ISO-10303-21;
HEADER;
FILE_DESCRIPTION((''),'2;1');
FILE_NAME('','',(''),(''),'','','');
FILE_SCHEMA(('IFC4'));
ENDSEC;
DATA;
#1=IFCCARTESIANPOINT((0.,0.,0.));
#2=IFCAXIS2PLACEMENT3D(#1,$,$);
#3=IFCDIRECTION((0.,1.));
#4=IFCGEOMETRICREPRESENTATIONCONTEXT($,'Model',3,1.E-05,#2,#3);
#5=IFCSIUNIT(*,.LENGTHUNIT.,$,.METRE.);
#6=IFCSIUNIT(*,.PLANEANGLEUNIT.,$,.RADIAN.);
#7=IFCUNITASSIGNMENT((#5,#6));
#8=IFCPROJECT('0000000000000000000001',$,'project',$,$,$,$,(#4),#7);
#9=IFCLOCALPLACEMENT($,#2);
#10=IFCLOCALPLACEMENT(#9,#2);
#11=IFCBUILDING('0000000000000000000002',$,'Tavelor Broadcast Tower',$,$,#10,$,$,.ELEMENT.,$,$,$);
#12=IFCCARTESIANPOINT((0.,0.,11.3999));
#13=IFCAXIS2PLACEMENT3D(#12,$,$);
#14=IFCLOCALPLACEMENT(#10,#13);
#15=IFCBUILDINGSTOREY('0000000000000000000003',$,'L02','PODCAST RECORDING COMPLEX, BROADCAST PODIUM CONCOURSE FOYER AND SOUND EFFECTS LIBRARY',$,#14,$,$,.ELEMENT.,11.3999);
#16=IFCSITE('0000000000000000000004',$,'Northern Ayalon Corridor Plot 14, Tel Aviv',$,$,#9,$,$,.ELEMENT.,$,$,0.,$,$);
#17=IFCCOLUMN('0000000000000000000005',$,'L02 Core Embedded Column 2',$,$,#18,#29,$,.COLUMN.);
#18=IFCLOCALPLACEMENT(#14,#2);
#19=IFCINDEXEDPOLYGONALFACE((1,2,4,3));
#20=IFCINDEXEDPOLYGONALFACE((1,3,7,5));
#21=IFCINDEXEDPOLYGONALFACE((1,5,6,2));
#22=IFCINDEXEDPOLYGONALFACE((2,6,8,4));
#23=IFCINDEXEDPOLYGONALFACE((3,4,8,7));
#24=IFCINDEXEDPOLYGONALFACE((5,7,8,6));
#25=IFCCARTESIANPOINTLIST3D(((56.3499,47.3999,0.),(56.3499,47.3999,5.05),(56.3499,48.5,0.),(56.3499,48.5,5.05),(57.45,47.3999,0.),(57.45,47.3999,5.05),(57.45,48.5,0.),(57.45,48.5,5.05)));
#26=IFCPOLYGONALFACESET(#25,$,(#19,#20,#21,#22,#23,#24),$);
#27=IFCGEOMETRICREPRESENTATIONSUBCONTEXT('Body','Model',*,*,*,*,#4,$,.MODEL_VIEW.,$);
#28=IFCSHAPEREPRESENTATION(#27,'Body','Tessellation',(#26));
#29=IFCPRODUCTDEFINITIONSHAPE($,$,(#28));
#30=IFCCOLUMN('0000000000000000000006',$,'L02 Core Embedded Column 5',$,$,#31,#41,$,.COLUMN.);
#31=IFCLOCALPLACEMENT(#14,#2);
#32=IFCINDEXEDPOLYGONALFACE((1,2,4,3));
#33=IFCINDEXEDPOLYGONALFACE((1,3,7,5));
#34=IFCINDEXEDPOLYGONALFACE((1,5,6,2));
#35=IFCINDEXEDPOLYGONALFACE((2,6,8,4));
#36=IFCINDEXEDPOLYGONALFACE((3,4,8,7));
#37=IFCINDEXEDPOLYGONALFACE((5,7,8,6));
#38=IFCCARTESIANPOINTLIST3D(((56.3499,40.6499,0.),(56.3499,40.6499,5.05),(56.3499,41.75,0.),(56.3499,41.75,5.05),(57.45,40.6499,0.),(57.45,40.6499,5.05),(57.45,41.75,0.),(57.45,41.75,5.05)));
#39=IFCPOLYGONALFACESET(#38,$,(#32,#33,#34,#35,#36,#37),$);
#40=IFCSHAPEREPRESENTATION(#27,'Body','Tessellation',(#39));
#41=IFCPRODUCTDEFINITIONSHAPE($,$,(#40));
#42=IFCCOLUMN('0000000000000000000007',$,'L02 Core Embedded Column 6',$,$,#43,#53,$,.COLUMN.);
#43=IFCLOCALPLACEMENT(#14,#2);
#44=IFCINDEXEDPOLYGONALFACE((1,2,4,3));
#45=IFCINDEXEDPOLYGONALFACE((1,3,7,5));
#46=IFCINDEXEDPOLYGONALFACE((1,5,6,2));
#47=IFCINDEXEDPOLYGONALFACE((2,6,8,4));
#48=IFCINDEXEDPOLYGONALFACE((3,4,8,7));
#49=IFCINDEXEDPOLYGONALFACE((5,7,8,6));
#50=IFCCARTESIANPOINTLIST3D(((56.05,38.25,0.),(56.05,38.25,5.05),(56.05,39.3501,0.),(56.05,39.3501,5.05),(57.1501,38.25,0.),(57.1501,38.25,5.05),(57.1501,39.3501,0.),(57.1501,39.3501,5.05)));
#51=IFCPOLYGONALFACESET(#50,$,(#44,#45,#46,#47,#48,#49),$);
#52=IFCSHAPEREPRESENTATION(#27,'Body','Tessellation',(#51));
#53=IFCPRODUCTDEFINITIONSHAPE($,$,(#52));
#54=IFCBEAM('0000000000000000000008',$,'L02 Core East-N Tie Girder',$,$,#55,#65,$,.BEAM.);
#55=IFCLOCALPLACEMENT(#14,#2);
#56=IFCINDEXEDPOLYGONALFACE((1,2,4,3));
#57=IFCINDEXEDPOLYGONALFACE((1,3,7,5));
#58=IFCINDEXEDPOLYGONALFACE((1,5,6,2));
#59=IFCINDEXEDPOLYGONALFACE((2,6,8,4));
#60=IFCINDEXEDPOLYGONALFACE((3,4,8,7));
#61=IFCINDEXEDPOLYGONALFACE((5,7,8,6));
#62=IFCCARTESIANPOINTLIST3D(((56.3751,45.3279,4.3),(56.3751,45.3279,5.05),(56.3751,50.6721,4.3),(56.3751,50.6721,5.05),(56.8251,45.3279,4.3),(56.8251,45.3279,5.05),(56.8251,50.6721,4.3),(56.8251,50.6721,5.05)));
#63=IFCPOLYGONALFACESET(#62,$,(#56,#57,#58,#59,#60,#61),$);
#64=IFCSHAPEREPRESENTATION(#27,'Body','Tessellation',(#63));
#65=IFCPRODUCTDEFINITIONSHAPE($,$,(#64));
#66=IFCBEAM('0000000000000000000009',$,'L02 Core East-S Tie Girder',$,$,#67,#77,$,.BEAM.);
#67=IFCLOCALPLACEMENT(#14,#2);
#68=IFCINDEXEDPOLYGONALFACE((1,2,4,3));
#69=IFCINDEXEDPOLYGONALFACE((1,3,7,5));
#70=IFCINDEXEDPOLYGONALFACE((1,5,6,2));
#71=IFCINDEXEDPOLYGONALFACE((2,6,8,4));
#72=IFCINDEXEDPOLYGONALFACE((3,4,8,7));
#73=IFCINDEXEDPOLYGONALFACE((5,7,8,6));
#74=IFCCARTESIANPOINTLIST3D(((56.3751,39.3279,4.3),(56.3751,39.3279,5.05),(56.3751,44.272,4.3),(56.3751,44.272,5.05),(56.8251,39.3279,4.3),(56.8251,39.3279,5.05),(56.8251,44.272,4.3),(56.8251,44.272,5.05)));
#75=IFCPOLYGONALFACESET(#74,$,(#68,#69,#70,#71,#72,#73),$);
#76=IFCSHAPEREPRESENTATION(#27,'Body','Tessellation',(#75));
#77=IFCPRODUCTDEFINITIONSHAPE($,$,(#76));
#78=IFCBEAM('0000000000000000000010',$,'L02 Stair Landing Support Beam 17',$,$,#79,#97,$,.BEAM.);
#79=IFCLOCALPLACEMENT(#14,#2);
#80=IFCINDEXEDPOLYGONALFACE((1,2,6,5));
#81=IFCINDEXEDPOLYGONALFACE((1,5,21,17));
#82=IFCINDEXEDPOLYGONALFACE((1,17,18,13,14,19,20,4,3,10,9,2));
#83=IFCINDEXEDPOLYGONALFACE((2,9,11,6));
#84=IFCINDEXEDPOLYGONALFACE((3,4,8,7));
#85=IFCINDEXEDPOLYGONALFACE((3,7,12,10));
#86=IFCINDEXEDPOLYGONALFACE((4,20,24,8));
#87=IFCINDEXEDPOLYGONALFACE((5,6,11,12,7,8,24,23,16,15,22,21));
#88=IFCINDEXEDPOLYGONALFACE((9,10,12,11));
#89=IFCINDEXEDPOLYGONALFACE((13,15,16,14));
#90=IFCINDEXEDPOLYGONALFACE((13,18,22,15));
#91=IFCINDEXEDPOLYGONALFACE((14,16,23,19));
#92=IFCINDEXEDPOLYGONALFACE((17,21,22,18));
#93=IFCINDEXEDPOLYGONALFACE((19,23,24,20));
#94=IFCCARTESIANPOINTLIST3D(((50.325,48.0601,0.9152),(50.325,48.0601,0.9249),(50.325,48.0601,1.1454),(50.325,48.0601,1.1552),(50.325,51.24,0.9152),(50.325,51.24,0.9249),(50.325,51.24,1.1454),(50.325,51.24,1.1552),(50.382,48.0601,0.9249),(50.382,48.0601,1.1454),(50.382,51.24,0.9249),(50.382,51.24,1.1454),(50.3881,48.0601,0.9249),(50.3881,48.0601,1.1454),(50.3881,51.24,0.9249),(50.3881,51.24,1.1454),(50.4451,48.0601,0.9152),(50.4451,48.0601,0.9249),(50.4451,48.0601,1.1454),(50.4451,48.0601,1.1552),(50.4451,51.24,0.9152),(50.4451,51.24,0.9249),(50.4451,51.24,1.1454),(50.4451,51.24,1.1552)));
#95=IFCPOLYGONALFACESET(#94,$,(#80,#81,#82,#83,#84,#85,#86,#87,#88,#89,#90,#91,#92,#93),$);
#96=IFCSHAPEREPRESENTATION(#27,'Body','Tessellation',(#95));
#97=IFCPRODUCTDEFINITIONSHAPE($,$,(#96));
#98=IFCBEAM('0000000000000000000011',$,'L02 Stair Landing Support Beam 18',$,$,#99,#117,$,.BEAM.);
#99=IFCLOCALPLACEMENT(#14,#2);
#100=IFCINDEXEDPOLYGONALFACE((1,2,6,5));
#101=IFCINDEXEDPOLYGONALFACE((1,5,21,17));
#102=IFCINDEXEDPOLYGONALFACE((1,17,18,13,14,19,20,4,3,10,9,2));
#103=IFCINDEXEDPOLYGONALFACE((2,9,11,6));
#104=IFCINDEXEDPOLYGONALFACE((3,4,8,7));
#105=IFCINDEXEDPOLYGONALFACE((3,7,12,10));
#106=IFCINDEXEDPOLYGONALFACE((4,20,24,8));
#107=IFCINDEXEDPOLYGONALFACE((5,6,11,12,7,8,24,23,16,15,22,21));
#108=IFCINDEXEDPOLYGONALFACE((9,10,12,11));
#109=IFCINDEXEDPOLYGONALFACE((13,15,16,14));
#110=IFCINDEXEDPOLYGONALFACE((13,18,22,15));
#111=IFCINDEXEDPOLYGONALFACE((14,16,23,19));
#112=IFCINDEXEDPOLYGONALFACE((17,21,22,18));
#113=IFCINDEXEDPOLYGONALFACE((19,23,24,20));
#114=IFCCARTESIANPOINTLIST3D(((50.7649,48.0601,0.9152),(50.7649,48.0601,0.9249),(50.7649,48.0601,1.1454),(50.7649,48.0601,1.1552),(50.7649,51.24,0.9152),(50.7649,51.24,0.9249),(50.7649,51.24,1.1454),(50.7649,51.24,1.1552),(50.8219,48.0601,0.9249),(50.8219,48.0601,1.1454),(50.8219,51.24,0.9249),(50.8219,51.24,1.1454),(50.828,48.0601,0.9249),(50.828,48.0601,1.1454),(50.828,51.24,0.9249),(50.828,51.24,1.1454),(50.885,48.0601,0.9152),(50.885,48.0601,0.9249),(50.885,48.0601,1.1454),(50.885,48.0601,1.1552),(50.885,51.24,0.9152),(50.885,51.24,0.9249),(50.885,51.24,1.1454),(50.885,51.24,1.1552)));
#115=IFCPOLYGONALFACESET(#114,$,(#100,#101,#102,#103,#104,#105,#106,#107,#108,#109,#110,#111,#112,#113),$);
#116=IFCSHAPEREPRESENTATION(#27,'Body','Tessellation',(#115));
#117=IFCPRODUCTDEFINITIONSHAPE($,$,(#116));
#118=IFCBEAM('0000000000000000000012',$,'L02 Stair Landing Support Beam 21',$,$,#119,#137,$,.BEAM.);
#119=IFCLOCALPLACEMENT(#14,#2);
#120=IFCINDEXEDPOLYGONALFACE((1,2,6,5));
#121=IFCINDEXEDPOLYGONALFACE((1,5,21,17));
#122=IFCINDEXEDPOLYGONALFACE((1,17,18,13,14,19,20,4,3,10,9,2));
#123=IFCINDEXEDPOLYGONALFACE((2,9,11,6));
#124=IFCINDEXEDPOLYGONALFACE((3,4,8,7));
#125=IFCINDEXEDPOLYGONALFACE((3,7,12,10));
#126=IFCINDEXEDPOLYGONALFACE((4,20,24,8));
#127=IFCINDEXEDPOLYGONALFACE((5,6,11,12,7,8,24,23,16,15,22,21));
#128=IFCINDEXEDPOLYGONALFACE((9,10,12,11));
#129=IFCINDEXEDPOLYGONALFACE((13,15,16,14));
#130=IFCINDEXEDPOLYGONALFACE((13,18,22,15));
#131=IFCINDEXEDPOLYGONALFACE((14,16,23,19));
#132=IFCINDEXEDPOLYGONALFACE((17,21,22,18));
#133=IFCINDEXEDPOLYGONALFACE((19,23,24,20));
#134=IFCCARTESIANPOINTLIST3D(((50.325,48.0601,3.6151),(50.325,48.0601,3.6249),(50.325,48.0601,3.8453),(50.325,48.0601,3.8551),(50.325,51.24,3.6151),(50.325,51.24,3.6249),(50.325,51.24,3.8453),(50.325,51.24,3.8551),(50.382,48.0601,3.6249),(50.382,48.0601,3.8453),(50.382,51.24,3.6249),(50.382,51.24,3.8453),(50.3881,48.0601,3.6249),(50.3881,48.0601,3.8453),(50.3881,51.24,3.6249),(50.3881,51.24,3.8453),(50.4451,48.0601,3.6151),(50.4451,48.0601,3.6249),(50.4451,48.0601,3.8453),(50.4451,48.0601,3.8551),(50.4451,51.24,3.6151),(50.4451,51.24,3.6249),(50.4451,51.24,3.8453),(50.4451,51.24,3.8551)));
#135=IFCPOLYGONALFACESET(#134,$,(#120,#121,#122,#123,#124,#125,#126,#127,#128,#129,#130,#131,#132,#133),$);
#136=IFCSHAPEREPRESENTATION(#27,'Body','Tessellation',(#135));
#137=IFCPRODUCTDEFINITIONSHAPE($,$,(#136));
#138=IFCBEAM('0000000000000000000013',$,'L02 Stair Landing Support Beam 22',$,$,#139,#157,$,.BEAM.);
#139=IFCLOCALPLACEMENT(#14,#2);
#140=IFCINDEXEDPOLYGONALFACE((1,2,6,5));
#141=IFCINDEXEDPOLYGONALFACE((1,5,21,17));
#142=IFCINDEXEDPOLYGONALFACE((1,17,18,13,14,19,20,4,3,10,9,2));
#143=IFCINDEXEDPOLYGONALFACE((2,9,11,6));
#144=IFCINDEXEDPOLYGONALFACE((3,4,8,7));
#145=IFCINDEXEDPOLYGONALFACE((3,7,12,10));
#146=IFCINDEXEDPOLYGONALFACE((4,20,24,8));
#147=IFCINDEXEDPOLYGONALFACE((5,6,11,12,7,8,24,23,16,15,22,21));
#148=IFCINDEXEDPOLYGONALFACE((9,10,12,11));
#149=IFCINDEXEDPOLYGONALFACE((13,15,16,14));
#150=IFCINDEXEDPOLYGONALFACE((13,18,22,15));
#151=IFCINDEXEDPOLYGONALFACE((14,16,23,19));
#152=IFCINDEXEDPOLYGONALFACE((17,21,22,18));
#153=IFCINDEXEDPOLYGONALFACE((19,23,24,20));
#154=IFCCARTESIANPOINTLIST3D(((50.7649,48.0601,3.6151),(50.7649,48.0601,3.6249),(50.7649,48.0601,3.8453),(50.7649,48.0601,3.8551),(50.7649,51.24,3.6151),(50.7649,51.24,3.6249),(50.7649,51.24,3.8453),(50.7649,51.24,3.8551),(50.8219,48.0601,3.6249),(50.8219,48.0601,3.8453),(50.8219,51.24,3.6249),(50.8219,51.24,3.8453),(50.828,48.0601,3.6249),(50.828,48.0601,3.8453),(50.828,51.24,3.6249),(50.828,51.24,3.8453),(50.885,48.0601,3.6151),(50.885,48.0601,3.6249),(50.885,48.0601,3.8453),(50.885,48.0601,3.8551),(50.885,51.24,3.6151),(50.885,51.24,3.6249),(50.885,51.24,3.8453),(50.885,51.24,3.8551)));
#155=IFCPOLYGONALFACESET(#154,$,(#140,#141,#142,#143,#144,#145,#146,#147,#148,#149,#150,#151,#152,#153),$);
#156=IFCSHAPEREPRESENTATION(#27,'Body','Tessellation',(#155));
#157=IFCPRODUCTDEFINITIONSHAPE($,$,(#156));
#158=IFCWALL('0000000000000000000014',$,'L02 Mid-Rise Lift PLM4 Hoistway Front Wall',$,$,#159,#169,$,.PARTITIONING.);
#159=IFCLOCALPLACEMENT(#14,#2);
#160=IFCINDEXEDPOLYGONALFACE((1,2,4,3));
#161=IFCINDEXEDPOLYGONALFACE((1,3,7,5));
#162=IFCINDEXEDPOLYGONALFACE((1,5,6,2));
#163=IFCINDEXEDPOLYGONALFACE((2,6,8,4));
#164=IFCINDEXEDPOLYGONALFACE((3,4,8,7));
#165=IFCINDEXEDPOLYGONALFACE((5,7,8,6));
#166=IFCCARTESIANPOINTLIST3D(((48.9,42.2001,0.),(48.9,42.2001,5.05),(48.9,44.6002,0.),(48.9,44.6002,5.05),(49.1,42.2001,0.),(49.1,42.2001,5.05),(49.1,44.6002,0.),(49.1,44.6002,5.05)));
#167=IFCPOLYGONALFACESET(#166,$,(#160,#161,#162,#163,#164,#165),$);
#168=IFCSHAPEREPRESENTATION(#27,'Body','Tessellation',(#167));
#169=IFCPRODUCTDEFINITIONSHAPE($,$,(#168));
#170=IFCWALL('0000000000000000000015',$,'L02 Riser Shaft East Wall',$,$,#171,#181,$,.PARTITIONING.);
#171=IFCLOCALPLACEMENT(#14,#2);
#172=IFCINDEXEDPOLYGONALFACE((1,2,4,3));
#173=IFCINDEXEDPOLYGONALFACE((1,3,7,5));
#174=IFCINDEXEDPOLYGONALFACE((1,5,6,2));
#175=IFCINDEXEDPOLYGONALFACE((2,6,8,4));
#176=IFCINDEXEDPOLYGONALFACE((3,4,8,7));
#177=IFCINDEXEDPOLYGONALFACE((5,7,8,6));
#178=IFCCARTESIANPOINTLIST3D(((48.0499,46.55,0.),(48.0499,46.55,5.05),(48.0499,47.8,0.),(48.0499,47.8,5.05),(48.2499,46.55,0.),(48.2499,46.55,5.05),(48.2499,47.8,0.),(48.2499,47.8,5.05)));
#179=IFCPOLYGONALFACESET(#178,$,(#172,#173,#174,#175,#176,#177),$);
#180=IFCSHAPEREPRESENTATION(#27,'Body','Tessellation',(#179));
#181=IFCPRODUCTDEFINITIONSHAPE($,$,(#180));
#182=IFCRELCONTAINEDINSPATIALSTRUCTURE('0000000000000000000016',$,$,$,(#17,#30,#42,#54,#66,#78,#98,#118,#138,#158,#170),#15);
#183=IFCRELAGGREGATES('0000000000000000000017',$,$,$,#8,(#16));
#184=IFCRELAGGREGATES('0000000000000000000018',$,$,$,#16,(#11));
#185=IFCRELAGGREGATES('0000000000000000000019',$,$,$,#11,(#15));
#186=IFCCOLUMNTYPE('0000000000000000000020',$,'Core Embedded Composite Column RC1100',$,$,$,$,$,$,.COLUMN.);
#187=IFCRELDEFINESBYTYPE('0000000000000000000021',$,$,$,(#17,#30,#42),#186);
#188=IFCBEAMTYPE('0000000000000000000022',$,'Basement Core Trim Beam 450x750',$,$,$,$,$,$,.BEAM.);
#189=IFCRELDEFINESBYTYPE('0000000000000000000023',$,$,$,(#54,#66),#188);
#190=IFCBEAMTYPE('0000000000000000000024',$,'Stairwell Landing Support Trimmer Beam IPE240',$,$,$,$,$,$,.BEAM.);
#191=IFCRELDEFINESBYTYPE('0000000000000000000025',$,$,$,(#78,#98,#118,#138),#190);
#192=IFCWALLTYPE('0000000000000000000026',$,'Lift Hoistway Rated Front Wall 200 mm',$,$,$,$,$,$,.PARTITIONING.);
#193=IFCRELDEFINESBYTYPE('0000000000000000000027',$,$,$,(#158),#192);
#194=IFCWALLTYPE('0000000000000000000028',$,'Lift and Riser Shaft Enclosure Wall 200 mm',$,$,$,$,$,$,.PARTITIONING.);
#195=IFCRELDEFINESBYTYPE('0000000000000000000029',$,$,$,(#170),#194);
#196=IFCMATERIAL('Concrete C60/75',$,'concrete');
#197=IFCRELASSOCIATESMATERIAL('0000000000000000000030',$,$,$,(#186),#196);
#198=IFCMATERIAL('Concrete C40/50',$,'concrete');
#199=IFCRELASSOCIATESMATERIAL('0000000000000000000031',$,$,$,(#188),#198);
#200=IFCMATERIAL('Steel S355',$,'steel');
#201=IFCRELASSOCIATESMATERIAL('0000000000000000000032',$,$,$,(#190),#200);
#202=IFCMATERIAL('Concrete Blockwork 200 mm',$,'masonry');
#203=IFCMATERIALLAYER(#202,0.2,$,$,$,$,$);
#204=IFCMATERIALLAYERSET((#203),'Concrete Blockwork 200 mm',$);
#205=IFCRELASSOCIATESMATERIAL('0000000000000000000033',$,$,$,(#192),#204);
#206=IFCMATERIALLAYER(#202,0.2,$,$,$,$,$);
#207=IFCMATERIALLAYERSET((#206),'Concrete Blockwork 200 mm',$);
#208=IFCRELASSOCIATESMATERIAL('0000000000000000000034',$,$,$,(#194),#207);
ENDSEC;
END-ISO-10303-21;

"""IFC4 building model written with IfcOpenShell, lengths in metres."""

from ifc_helpers import new_model, si_unit, direction, frame, frame_2d, origin, origin_2d, place, context, subcontext, project, spatial, rectangle, i_section, extrude, material, layer, layer_set, material_profile, profile_set, type_object, element, save


model = new_model("IFC4")

# Units and contexts
model_context = context("Model", 3, precision=1e-05, world=origin(), true_north=direction((0.0, 1.0)))
body_context = subcontext(model_context, "Body", "Model", "MODEL_VIEW")
ifc_project = project(units=[si_unit("LENGTHUNIT", "METRE"), si_unit("PLANEANGLEUNIT", "RADIAN")], contexts=[model_context])

# Site, building, storey
site_placement = place(None, origin())
site = spatial("IfcSite", under=ifc_project, at=site_placement, Name="Northern Ayalon Corridor Plot 14, Tel Aviv", CompositionType="ELEMENT", RefElevation=0.0)
building_placement = place(site_placement, origin())
building = spatial("IfcBuilding", under=site, at=building_placement, Name="Tavelor Broadcast Tower", CompositionType="ELEMENT")
storey_placement = place(building_placement, frame((0.0, 0.0, 11.3999)))
storey = spatial("IfcBuildingStorey", under=building, at=storey_placement, Name="L02", Description="PODCAST RECORDING COMPLEX, BROADCAST PODIUM CONCOURSE FOYER AND SOUND EFFECTS LIBRARY", CompositionType="ELEMENT", Elevation=11.3999)

# Columns
ifc_material_1 = material(Name="Concrete C60/75", Category="concrete")
ifc_material_profile_1 = material_profile(ifc_material_1, rectangle(XDim=1.1001, YDim=1.1001, at=origin_2d()), Name="RC 1100x1100")
ifc_profile_set_1 = profile_set([ifc_material_profile_1], Name="Concrete C60/75")
column_type = type_object("IfcColumnType", Name="Core Embedded Composite Column RC1100", PredefinedType="COLUMN", material=ifc_profile_set_1)
for number, where, z_axis, x_axis, name in (
    (1, (56.8999, 47.95, 0.0), (0.0, 0.0, 1.0), (1.0, 0.0, 0.0), "L02 Core Embedded Column 2"),
    (2, (56.8999, 41.2, 0.0), (0.0, 0.0, 1.0), (1.0, 0.0, 0.0), "L02 Core Embedded Column 5"),
    (3, (56.6001, 38.8, 0.0), (0.0, 0.0, 1.0), (1.0, 0.0, 0.0), "L02 Core Embedded Column 6"),
):
    element("IfcColumn", number, at=place(storey_placement, frame(where, z_axis=z_axis, x_axis=x_axis)), inside=storey, type_object=column_type, Name=name, PredefinedType="COLUMN", context=body_context, shape_type="SweptSolid", body=[
        extrude(rectangle(XDim=1.1001, YDim=1.1001, at=origin_2d()), origin(), (0.0, 0.0, 1.0), 5.05),
    ])

# Beams
ifc_material_2 = material(Name="Concrete C40/50", Category="concrete")
ifc_material_profile_2 = material_profile(ifc_material_2, rectangle(XDim=0.45, YDim=0.75, at=origin_2d()), Name="RC 450x750")
ifc_profile_set_2 = profile_set([ifc_material_profile_2], Name="Concrete C40/50")
beam_type_1 = type_object("IfcBeamType", Name="Basement Core Trim Beam 450x750", PredefinedType="BEAM", material=ifc_profile_set_2)
beam_1_placement = place(storey_placement, frame((56.6001, 45.3279, 4.675), z_axis=(0.0, 1.0, 0.0), x_axis=(-1.0, 0.0, 0.0)))
element("IfcBeam", 4, at=beam_1_placement, inside=storey, type_object=beam_type_1, Name="L02 Core East-N Tie Girder", PredefinedType="BEAM", context=body_context, shape_type="SweptSolid", body=[
    extrude(rectangle(XDim=0.45, YDim=0.75, at=origin_2d()), origin(), (0.0, 0.0, 1.0), 5.3442),
])
beam_2_placement = place(storey_placement, frame((56.6001, 39.3279, 4.675), z_axis=(0.0, 1.0, 0.0), x_axis=(-1.0, 0.0, 0.0)))
element("IfcBeam", 5, at=beam_2_placement, inside=storey, type_object=beam_type_1, Name="L02 Core East-S Tie Girder", PredefinedType="BEAM", context=body_context, shape_type="SweptSolid", body=[
    extrude(rectangle(XDim=0.45, YDim=0.75, at=origin_2d()), origin(), (0.0, 0.0, 1.0), 4.9441),
])
ifc_material_3 = material(Name="Steel S355", Category="steel")
ifc_material_profile_3 = material_profile(ifc_material_3, i_section(OverallWidth=0.1201, OverallDepth=0.24, WebThickness=0.0061, FlangeThickness=0.0098, at=origin_2d()), Name="IPE 240")
ifc_profile_set_3 = profile_set([ifc_material_profile_3], Name="Steel S355")
beam_type_2 = type_object("IfcBeamType", Name="Stairwell Landing Support Trimmer Beam IPE240", PredefinedType="BEAM", material=ifc_profile_set_3)
for number, where, z_axis, x_axis, name in (
    (6, (50.385, 48.0601, 1.0352), (0.0, 1.0, 0.0), (-1.0, 0.0, 0.0), "L02 Stair Landing Support Beam 17"),
    (7, (50.825, 48.0601, 1.0352), (0.0, 1.0, 0.0), (-1.0, 0.0, 0.0), "L02 Stair Landing Support Beam 18"),
    (8, (50.385, 48.0601, 3.7351), (0.0, 1.0, 0.0), (-1.0, 0.0, 0.0), "L02 Stair Landing Support Beam 21"),
    (9, (50.825, 48.0601, 3.7351), (0.0, 1.0, 0.0), (-1.0, 0.0, 0.0), "L02 Stair Landing Support Beam 22"),
):
    element("IfcBeam", number, at=place(storey_placement, frame(where, z_axis=z_axis, x_axis=x_axis)), inside=storey, type_object=beam_type_2, Name=name, PredefinedType="BEAM", context=body_context, shape_type="SweptSolid", body=[
        extrude(i_section(OverallWidth=0.1201, OverallDepth=0.24, WebThickness=0.0061, FlangeThickness=0.0098, at=origin_2d()), origin(), (0.0, 0.0, 1.0), 3.1799),
    ])

# Walls
ifc_material_4 = material(Name="Concrete Blockwork 200 mm", Category="masonry")
ifc_layer_1 = layer(ifc_material_4, 0.2)
ifc_layer_set_1 = layer_set([ifc_layer_1], Name="Concrete Blockwork 200 mm")
wall_type_1 = type_object("IfcWallType", Name="Lift Hoistway Rated Front Wall 200 mm", PredefinedType="PARTITIONING", material=ifc_layer_set_1)
wall_1_placement = place(storey_placement, frame((49.0, 42.2, 0.0), z_axis=(0.0, 0.0, 1.0), x_axis=(0.0, 1.0, 0.0)))
element("IfcWall", 10, at=wall_1_placement, inside=storey, type_object=wall_type_1, Name="L02 Mid-Rise Lift PLM4 Hoistway Front Wall", PredefinedType="PARTITIONING", context=body_context, shape_type="SweptSolid", body=[
    extrude(rectangle(XDim=2.4001, YDim=0.2, at=frame_2d((1.2002, 0.0))), origin(), (0.0, 0.0, 1.0), 5.05),
])
ifc_layer_2 = layer(ifc_material_4, 0.2)
ifc_layer_set_2 = layer_set([ifc_layer_2], Name="Concrete Blockwork 200 mm")
wall_type_2 = type_object("IfcWallType", Name="Lift and Riser Shaft Enclosure Wall 200 mm", PredefinedType="PARTITIONING", material=ifc_layer_set_2)
wall_2_placement = place(storey_placement, frame((48.1499, 46.55, 0.0), z_axis=(0.0, 0.0, 1.0), x_axis=(0.0, 1.0, 0.0)))
element("IfcWall", 11, at=wall_2_placement, inside=storey, type_object=wall_type_2, Name="L02 Riser Shaft East Wall", PredefinedType="PARTITIONING", context=body_context, shape_type="SweptSolid", body=[
    extrude(rectangle(XDim=1.25, YDim=0.2, at=frame_2d((0.625, 0.0))), origin(), (0.0, 0.0, 1.0), 5.05),
])

save(model, "model.ifc")
